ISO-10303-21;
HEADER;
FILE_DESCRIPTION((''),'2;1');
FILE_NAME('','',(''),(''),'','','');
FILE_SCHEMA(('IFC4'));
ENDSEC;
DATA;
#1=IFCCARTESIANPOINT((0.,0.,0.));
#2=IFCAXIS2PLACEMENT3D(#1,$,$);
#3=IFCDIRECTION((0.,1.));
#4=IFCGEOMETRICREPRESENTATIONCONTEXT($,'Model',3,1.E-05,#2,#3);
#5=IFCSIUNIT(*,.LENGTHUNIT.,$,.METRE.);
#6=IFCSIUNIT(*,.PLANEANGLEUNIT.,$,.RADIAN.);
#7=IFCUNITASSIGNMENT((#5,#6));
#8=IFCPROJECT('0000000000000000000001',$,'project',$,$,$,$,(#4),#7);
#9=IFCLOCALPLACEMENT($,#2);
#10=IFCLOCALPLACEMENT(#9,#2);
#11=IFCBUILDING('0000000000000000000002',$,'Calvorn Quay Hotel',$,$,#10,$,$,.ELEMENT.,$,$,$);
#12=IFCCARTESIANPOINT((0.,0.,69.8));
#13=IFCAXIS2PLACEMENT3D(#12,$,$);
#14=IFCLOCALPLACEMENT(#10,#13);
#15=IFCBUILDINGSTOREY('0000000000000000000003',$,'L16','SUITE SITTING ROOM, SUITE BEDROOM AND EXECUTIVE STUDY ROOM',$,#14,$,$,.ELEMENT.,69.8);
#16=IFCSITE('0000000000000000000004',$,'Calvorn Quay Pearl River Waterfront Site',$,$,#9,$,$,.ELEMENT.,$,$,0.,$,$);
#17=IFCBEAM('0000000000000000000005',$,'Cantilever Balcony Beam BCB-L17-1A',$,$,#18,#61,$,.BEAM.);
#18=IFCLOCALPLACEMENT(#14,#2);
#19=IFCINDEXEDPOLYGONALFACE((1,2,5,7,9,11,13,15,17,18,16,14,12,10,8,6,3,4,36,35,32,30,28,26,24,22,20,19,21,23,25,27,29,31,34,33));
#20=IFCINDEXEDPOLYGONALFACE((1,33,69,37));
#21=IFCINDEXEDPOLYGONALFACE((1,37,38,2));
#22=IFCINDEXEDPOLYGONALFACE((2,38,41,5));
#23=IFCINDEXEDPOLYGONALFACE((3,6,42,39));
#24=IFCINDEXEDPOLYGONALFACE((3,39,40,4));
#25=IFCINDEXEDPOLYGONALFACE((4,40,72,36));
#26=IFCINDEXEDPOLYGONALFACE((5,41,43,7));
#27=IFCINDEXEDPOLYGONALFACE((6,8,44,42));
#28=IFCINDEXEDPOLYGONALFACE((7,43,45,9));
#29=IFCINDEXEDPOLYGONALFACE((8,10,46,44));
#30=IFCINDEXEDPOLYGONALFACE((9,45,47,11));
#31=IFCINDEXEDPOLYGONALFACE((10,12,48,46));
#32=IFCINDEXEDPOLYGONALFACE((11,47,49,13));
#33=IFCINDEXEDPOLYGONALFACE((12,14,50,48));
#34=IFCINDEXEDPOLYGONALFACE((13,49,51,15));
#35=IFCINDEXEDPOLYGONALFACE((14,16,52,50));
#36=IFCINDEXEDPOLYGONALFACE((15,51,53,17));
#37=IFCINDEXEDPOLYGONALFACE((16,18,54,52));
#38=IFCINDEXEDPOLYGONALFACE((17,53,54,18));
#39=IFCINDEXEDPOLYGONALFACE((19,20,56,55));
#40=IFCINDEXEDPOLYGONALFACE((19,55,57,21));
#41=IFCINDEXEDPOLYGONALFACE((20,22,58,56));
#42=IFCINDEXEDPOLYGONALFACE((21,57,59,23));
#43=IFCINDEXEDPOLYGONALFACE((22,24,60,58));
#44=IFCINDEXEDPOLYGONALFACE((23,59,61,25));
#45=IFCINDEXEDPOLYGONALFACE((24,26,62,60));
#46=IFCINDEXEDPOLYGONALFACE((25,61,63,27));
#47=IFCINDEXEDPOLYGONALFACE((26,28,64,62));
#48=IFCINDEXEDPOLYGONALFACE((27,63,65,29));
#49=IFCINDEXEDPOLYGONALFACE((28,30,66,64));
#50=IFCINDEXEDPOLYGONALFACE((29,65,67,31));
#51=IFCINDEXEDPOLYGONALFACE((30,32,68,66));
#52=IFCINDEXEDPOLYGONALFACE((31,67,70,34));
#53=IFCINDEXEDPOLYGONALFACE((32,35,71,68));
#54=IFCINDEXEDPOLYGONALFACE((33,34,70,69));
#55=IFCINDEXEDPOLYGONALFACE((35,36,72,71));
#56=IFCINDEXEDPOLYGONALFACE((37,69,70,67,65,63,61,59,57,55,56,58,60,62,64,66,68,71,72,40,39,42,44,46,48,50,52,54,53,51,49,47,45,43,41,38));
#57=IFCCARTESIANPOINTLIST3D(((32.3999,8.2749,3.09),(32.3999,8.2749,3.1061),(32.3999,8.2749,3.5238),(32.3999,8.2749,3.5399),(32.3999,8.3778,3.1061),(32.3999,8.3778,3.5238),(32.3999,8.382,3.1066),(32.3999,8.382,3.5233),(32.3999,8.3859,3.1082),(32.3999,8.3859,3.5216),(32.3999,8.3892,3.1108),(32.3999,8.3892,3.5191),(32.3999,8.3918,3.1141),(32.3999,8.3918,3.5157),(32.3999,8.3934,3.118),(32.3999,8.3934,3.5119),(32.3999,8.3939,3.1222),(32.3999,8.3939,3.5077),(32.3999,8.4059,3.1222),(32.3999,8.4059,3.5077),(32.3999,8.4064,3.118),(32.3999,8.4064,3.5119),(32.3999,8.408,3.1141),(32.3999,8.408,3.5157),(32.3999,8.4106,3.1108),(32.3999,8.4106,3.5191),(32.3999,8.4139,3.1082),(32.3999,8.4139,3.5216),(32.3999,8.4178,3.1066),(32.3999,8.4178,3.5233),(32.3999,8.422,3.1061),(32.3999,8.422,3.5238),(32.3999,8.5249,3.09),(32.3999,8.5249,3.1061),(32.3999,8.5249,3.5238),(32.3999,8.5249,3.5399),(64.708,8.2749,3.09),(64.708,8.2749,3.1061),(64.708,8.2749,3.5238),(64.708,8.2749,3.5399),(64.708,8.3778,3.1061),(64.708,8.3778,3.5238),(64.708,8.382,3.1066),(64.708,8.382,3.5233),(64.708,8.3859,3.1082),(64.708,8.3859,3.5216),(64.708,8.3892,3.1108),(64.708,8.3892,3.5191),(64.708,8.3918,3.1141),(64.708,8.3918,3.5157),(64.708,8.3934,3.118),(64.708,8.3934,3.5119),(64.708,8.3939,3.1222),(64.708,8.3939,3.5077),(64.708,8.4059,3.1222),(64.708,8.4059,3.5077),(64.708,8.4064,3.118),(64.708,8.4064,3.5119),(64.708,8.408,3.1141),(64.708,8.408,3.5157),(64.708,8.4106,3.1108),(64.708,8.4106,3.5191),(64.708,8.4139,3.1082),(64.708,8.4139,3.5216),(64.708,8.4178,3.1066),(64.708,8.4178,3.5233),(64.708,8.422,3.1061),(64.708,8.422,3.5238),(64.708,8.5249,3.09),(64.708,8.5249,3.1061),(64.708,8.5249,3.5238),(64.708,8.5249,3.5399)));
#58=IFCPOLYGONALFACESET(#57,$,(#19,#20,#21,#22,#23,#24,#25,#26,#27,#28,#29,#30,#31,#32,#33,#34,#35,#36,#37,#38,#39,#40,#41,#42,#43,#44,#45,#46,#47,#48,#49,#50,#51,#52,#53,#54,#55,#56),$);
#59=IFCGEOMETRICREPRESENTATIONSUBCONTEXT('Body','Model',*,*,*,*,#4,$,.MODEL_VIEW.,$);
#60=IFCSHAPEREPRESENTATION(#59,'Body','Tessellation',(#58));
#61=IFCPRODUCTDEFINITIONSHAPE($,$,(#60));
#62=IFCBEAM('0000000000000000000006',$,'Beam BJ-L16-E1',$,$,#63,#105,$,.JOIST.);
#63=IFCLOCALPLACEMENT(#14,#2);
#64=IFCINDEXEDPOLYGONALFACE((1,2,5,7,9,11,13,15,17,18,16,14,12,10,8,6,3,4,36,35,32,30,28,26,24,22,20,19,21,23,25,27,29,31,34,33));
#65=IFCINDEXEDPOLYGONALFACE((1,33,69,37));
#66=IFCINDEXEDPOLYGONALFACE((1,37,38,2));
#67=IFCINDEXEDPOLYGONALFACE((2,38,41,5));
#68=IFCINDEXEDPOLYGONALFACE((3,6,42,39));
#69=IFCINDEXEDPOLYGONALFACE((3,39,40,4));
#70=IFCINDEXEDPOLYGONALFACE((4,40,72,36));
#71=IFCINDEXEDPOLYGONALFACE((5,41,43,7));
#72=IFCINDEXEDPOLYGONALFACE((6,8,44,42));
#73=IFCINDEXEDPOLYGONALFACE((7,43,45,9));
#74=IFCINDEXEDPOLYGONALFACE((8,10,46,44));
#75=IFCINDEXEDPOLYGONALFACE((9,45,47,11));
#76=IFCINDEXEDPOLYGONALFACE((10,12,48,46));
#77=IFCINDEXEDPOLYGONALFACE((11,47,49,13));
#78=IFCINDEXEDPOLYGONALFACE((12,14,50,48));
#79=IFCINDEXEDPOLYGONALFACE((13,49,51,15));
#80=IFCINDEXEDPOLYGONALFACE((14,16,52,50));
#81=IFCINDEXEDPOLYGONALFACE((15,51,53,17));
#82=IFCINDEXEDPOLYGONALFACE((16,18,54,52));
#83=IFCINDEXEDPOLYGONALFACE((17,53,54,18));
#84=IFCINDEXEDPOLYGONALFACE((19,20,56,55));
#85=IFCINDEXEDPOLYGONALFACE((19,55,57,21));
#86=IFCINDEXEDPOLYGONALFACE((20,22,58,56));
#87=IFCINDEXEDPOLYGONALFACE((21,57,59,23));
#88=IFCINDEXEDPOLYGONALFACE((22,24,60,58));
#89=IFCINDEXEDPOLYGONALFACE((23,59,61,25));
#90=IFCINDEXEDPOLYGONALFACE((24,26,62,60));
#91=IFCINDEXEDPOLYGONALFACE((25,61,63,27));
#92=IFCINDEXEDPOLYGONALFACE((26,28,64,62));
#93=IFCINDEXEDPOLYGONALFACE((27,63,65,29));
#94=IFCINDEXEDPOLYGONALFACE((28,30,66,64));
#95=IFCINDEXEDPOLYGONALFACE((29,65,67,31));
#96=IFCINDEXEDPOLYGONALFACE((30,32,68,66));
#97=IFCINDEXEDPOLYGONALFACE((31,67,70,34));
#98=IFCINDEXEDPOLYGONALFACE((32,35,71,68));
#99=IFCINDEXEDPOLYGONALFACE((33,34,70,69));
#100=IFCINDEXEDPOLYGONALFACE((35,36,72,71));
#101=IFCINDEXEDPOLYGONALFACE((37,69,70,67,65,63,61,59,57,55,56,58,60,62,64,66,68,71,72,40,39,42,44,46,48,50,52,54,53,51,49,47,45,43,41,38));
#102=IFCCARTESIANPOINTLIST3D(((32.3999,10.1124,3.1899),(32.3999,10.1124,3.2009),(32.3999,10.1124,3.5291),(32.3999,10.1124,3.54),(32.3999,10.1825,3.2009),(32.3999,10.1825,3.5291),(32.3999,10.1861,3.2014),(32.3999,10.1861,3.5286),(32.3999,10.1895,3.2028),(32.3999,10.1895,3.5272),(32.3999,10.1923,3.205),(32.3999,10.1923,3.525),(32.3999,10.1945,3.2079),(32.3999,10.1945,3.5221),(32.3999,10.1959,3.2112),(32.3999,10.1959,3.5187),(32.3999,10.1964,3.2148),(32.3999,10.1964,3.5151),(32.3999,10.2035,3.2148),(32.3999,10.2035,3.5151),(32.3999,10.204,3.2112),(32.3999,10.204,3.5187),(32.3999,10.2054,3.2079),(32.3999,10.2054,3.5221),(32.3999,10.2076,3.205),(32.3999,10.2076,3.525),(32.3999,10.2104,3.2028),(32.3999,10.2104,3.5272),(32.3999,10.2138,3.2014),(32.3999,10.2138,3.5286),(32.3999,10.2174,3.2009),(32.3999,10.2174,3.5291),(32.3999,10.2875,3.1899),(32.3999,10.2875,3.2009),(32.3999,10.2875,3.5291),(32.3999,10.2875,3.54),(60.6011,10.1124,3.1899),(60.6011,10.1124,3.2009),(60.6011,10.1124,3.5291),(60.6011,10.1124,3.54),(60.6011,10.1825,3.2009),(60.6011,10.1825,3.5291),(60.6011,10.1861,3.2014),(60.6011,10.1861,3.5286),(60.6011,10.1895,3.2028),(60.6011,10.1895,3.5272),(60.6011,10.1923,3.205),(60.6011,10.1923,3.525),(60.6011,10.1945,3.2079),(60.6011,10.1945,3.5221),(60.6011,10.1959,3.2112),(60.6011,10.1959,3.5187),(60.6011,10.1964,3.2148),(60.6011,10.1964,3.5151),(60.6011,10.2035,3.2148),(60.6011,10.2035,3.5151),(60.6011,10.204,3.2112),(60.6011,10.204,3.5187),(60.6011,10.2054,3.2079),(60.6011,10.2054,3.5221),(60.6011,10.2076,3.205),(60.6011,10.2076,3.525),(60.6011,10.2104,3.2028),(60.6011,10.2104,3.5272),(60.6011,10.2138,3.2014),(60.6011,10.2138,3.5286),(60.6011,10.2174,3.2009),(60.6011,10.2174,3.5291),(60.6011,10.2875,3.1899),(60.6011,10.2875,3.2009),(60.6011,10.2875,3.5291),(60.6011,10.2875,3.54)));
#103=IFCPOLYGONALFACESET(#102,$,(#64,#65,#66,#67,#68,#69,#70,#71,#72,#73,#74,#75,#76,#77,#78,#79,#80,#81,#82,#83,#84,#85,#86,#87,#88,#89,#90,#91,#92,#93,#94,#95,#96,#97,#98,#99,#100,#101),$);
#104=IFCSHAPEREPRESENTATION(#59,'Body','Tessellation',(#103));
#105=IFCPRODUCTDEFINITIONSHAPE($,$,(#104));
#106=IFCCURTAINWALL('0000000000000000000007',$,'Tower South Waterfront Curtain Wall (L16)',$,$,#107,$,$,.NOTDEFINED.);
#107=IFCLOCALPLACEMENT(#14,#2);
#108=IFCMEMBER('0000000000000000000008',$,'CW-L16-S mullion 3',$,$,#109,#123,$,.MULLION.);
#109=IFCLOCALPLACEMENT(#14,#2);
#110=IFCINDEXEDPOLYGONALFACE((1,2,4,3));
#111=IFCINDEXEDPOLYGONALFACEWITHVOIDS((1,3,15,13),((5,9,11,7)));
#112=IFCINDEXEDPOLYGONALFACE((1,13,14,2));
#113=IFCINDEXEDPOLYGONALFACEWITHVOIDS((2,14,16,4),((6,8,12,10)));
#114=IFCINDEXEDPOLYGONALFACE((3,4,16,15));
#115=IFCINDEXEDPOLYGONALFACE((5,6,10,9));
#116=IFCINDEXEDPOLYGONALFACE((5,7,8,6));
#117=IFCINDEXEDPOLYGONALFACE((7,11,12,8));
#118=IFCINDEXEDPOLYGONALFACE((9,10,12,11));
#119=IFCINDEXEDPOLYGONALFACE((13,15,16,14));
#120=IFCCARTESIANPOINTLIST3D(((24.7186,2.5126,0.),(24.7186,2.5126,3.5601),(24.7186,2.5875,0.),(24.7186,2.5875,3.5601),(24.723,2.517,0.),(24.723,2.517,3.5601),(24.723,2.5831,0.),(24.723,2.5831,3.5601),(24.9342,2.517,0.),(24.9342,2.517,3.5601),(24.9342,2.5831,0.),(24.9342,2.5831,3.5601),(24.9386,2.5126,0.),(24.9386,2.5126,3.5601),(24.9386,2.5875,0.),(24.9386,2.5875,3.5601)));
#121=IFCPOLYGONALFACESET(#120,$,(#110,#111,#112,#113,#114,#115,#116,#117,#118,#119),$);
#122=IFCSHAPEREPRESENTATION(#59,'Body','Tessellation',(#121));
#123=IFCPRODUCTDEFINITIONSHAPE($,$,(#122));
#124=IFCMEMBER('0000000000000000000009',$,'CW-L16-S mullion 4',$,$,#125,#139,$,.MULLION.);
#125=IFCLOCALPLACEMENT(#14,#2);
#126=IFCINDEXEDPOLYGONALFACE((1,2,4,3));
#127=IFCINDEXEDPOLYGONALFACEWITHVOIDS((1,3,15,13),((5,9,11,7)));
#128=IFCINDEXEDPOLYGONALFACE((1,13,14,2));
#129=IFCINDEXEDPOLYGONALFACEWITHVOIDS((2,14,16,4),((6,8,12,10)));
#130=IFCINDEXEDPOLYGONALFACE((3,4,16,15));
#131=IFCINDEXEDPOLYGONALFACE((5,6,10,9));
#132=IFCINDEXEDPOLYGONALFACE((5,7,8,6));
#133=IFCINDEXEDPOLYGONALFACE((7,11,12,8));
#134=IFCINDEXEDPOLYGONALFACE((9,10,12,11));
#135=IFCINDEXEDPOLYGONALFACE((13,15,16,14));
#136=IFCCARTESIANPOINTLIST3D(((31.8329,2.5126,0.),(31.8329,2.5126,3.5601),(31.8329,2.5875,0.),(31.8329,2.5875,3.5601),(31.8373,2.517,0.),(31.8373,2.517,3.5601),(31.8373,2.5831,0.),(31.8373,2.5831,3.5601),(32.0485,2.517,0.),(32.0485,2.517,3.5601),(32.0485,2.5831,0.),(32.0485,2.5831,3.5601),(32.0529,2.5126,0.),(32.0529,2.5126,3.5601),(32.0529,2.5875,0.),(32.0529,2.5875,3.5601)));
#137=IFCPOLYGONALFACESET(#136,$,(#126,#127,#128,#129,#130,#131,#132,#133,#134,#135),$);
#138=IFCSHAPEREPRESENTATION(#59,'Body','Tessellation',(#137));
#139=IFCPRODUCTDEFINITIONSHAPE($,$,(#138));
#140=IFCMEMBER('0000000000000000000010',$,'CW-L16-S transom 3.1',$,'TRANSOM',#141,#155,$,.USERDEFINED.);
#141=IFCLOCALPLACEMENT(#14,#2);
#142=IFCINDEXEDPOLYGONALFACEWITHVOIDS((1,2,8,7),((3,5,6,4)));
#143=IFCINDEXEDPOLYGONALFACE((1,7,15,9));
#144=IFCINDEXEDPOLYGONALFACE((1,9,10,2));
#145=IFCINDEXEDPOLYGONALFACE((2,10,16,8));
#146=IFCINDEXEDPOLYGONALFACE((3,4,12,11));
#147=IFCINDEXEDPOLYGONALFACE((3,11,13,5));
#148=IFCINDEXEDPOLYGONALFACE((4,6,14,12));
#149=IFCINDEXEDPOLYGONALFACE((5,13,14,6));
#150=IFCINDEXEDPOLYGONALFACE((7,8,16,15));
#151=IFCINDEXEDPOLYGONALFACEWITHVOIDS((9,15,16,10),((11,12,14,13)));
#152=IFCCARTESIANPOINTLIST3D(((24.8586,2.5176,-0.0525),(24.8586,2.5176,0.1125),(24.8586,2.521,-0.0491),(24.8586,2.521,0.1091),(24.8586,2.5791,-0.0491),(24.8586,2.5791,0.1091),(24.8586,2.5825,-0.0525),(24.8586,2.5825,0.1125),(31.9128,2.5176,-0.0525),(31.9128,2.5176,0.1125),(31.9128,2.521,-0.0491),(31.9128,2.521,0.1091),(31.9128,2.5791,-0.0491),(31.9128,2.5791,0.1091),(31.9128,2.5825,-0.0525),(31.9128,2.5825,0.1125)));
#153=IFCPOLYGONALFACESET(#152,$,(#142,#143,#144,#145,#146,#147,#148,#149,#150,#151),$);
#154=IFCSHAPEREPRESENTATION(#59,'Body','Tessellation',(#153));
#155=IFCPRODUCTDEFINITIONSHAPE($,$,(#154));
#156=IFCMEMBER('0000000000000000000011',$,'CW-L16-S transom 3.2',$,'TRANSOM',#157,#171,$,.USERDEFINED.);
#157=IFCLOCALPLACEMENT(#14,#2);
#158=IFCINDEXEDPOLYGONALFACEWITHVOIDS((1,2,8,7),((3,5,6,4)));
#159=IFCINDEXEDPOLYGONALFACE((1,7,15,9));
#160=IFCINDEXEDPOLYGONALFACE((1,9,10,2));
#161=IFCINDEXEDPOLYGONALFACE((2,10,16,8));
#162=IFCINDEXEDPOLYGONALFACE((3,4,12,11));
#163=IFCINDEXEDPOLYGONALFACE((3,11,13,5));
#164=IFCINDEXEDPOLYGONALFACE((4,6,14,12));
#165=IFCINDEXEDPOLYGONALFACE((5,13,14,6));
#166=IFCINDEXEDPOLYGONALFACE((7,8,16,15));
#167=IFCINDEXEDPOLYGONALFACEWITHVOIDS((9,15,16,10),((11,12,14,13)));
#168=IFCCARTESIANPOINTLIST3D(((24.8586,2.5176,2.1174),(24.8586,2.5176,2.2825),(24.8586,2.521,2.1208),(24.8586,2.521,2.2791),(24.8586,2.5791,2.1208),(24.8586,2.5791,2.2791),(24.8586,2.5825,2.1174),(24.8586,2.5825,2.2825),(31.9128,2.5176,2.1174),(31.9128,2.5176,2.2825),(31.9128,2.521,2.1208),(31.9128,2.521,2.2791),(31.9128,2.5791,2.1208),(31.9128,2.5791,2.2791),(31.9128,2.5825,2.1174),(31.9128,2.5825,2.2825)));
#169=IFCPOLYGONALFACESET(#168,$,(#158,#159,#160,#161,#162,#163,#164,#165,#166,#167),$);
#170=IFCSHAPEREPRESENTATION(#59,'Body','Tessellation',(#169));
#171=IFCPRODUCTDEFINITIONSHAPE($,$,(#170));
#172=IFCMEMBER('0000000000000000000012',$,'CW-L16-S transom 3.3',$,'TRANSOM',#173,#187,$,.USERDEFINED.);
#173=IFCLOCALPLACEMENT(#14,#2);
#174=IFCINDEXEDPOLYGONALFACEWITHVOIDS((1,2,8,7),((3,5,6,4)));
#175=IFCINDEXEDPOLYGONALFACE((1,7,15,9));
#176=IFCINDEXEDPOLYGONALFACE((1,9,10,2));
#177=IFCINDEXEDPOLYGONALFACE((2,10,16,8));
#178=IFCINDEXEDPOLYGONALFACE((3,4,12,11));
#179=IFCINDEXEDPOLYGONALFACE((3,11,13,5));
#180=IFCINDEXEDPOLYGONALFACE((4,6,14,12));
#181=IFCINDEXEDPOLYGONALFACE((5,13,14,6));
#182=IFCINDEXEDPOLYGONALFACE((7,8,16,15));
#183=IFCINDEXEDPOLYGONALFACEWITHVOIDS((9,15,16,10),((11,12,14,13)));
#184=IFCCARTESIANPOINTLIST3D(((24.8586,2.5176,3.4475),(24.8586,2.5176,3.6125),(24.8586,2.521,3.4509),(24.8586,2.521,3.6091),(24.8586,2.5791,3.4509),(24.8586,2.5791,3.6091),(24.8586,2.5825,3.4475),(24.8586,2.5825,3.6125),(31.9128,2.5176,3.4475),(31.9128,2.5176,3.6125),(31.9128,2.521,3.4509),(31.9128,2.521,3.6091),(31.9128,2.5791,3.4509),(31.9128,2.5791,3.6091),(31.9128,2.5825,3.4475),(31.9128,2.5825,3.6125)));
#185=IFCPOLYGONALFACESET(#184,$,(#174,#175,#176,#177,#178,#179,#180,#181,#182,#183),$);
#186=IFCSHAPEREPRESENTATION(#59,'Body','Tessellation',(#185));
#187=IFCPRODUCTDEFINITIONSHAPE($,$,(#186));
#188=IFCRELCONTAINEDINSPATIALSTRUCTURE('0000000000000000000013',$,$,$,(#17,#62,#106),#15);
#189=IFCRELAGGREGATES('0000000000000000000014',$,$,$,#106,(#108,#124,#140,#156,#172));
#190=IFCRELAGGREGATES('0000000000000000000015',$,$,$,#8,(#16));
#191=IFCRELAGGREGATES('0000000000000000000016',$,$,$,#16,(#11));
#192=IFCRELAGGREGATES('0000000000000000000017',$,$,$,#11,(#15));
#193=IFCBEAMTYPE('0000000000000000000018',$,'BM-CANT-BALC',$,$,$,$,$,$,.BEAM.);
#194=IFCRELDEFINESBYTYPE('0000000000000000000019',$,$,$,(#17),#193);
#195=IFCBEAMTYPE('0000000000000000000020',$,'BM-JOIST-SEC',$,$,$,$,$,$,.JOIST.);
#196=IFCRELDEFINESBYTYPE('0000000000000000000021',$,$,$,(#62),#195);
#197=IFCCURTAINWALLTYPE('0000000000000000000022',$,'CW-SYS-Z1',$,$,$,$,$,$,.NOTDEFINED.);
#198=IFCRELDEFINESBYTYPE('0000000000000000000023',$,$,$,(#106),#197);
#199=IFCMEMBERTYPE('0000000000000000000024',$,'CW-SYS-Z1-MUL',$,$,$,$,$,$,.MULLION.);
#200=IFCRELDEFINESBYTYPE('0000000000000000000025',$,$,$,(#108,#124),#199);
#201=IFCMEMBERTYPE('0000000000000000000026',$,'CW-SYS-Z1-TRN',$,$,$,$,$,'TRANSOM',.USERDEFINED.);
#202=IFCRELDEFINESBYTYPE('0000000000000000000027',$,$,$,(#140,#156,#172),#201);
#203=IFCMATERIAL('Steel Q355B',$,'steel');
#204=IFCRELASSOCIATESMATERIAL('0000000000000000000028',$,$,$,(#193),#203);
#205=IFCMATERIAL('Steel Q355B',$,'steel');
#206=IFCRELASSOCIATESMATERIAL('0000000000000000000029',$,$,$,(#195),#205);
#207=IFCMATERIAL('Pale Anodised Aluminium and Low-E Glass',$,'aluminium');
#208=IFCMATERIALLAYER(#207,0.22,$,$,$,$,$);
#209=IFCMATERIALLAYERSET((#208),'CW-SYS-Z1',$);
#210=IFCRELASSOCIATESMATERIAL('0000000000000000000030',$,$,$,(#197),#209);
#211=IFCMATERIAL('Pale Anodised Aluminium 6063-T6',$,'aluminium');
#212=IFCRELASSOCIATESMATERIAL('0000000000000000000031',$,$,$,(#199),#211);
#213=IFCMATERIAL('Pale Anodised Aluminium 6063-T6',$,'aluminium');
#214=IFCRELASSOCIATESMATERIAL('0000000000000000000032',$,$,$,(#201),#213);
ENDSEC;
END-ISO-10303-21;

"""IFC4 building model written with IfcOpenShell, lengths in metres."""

from ifc_helpers import new_model, si_unit, direction, frame, origin, origin_2d, place, context, subcontext, project, spatial, hollow_rectangle, i_section, extrude, material, layer, layer_set, material_profile, profile_set, type_object, element, aggregate, save


model = new_model("IFC4")

# Units and contexts
model_context = context("Model", 3, precision=1e-05, world=origin(), true_north=direction((0.0, 1.0)))
body_context = subcontext(model_context, "Body", "Model", "MODEL_VIEW")
ifc_project = project(units=[si_unit("LENGTHUNIT", "METRE"), si_unit("PLANEANGLEUNIT", "RADIAN")], contexts=[model_context])

# Site, building, storey
site_placement = place(None, origin())
site = spatial("IfcSite", under=ifc_project, at=site_placement, Name="Calvorn Quay Pearl River Waterfront Site", CompositionType="ELEMENT", RefElevation=0.0)
building_placement = place(site_placement, origin())
building = spatial("IfcBuilding", under=site, at=building_placement, Name="Calvorn Quay Hotel", CompositionType="ELEMENT")
storey_placement = place(building_placement, frame((0.0, 0.0, 69.8)))
storey = spatial("IfcBuildingStorey", under=building, at=storey_placement, Name="L16", Description="SUITE SITTING ROOM, SUITE BEDROOM AND EXECUTIVE STUDY ROOM", CompositionType="ELEMENT", Elevation=69.8)

# Beams
ifc_material_1 = material(Name="Steel Q355B", Category="steel")
ifc_material_profile_1 = material_profile(ifc_material_1, i_section(OverallWidth=0.25, OverallDepth=0.45, WebThickness=0.012, FlangeThickness=0.0161, FilletRadius=0.0161, at=origin_2d()), Name="HN450x250x12x16")
ifc_profile_set_1 = profile_set([ifc_material_profile_1], Name="Steel Q355B")
beam_type_1 = type_object("IfcBeamType", Name="BM-CANT-BALC", PredefinedType="BEAM", material=ifc_profile_set_1)
beam_1_placement = place(storey_placement, frame((32.3999, 8.3999, 3.3149), z_axis=(1.0, 0.0, 0.0), x_axis=(0.0, 1.0, 0.0)))
element("IfcBeam", 1, at=beam_1_placement, inside=storey, type_object=beam_type_1, Name="Cantilever Balcony Beam BCB-L17-1A", PredefinedType="BEAM", context=body_context, shape_type="SweptSolid", body=[
    extrude(i_section(OverallWidth=0.25, OverallDepth=0.45, WebThickness=0.012, FlangeThickness=0.0161, FilletRadius=0.0161, at=origin_2d()), origin(), (0.0, 0.0, 1.0), 32.3081),
])
ifc_material_2 = material(Name="Steel Q355B", Category="steel")
ifc_material_profile_2 = material_profile(ifc_material_2, i_section(OverallWidth=0.175, OverallDepth=0.3501, WebThickness=0.0071, FlangeThickness=0.011, FilletRadius=0.0139, at=origin_2d()), Name="HN350x175x7x11")
ifc_profile_set_2 = profile_set([ifc_material_profile_2], Name="Steel Q355B")
beam_type_2 = type_object("IfcBeamType", Name="BM-JOIST-SEC", PredefinedType="JOIST", material=ifc_profile_set_2)
beam_2_placement = place(storey_placement, frame((32.3999, 10.2, 3.365), z_axis=(1.0, 0.0, 0.0), x_axis=(0.0, 1.0, 0.0)))
element("IfcBeam", 2, at=beam_2_placement, inside=storey, type_object=beam_type_2, Name="Beam BJ-L16-E1", PredefinedType="JOIST", context=body_context, shape_type="SweptSolid", body=[
    extrude(i_section(OverallWidth=0.175, OverallDepth=0.3501, WebThickness=0.0071, FlangeThickness=0.011, FilletRadius=0.0139, at=origin_2d()), origin(), (0.0, 0.0, 1.0), 28.2012),
])

# Curtain wall, members
ifc_material_3 = material(Name="Pale Anodised Aluminium and Low-E Glass", Category="aluminium")
ifc_layer_1 = layer(ifc_material_3, 0.22)
ifc_layer_set_1 = layer_set([ifc_layer_1], Name="CW-SYS-Z1")
curtain_wall_type = type_object("IfcCurtainWallType", Name="CW-SYS-Z1", PredefinedType="NOTDEFINED", material=ifc_layer_set_1)
curtain_wall_placement = place(storey_placement, origin())
curtain_wall = element("IfcCurtainWall", 3, at=curtain_wall_placement, inside=storey, type_object=curtain_wall_type, Name="Tower South Waterfront Curtain Wall (L16)", PredefinedType="NOTDEFINED")
ifc_material_4 = material(Name="Pale Anodised Aluminium 6063-T6", Category="aluminium")
ifc_material_profile_3 = material_profile(ifc_material_4, hollow_rectangle(XDim=0.075, YDim=0.22, WallThickness=0.0044, at=origin_2d()), Name="ALU-M220x75x4.5")
ifc_profile_set_3 = profile_set([ifc_material_profile_3], Name="Pale Anodised Aluminium 6063-T6")
member_type_1 = type_object("IfcMemberType", Name="CW-SYS-Z1-MUL", PredefinedType="MULLION", material=ifc_profile_set_3)
member_1_placement = place(storey_placement, frame((24.8286, 2.55, 0.0), z_axis=(0.0, 0.0, 1.0), x_axis=(0.0, 1.0, 0.0)))
member_1 = element("IfcMember", 4, at=member_1_placement, type_object=member_type_1, Name="CW-L16-S mullion 3", PredefinedType="MULLION", context=body_context, shape_type="SweptSolid", body=[
    extrude(hollow_rectangle(XDim=0.075, YDim=0.22, WallThickness=0.0044, at=origin_2d()), origin(), (0.0, 0.0, 1.0), 3.5601),
])
member_2_placement = place(storey_placement, frame((31.9429, 2.55, 0.0), z_axis=(0.0, 0.0, 1.0), x_axis=(0.0, 1.0, 0.0)))
member_2 = element("IfcMember", 5, at=member_2_placement, type_object=member_type_1, Name="CW-L16-S mullion 4", PredefinedType="MULLION", context=body_context, shape_type="SweptSolid", body=[
    extrude(hollow_rectangle(XDim=0.075, YDim=0.22, WallThickness=0.0044, at=origin_2d()), origin(), (0.0, 0.0, 1.0), 3.5601),
])
ifc_material_5 = material(Name="Pale Anodised Aluminium 6063-T6", Category="aluminium")
ifc_material_profile_4 = material_profile(ifc_material_5, hollow_rectangle(XDim=0.0649, YDim=0.165, WallThickness=0.0034, at=origin_2d()), Name="ALU-T165x65x3.5")
ifc_profile_set_4 = profile_set([ifc_material_profile_4], Name="Pale Anodised Aluminium 6063-T6")
member_type_2 = type_object("IfcMemberType", Name="CW-SYS-Z1-TRN", ElementType="TRANSOM", PredefinedType="USERDEFINED", material=ifc_profile_set_4)
member_3_placement = place(storey_placement, frame((24.8586, 2.55, 0.03), z_axis=(1.0, 0.0, 0.0), x_axis=(0.0, 1.0, 0.0)))
member_3 = element("IfcMember", 6, at=member_3_placement, type_object=member_type_2, Name="CW-L16-S transom 3.1", ObjectType="TRANSOM", PredefinedType="USERDEFINED", context=body_context, shape_type="SweptSolid", body=[
    extrude(hollow_rectangle(XDim=0.0649, YDim=0.165, WallThickness=0.0034, at=origin_2d()), origin(), (0.0, 0.0, 1.0), 7.0542),
])
member_4_placement = place(storey_placement, frame((24.8586, 2.55, 2.2), z_axis=(1.0, 0.0, 0.0), x_axis=(0.0, 1.0, 0.0)))
member_4 = element("IfcMember", 7, at=member_4_placement, type_object=member_type_2, Name="CW-L16-S transom 3.2", ObjectType="TRANSOM", PredefinedType="USERDEFINED", context=body_context, shape_type="SweptSolid", body=[
    extrude(hollow_rectangle(XDim=0.0649, YDim=0.165, WallThickness=0.0034, at=origin_2d()), origin(), (0.0, 0.0, 1.0), 7.0542),
])
member_5_placement = place(storey_placement, frame((24.8586, 2.55, 3.53), z_axis=(1.0, 0.0, 0.0), x_axis=(0.0, 1.0, 0.0)))
member_5 = element("IfcMember", 8, at=member_5_placement, type_object=member_type_2, Name="CW-L16-S transom 3.3", ObjectType="TRANSOM", PredefinedType="USERDEFINED", context=body_context, shape_type="SweptSolid", body=[
    extrude(hollow_rectangle(XDim=0.0649, YDim=0.165, WallThickness=0.0034, at=origin_2d()), origin(), (0.0, 0.0, 1.0), 7.0542),
])
aggregate(curtain_wall, [member_1, member_2, member_3, member_4, member_5])

save(model, "model.ifc")
